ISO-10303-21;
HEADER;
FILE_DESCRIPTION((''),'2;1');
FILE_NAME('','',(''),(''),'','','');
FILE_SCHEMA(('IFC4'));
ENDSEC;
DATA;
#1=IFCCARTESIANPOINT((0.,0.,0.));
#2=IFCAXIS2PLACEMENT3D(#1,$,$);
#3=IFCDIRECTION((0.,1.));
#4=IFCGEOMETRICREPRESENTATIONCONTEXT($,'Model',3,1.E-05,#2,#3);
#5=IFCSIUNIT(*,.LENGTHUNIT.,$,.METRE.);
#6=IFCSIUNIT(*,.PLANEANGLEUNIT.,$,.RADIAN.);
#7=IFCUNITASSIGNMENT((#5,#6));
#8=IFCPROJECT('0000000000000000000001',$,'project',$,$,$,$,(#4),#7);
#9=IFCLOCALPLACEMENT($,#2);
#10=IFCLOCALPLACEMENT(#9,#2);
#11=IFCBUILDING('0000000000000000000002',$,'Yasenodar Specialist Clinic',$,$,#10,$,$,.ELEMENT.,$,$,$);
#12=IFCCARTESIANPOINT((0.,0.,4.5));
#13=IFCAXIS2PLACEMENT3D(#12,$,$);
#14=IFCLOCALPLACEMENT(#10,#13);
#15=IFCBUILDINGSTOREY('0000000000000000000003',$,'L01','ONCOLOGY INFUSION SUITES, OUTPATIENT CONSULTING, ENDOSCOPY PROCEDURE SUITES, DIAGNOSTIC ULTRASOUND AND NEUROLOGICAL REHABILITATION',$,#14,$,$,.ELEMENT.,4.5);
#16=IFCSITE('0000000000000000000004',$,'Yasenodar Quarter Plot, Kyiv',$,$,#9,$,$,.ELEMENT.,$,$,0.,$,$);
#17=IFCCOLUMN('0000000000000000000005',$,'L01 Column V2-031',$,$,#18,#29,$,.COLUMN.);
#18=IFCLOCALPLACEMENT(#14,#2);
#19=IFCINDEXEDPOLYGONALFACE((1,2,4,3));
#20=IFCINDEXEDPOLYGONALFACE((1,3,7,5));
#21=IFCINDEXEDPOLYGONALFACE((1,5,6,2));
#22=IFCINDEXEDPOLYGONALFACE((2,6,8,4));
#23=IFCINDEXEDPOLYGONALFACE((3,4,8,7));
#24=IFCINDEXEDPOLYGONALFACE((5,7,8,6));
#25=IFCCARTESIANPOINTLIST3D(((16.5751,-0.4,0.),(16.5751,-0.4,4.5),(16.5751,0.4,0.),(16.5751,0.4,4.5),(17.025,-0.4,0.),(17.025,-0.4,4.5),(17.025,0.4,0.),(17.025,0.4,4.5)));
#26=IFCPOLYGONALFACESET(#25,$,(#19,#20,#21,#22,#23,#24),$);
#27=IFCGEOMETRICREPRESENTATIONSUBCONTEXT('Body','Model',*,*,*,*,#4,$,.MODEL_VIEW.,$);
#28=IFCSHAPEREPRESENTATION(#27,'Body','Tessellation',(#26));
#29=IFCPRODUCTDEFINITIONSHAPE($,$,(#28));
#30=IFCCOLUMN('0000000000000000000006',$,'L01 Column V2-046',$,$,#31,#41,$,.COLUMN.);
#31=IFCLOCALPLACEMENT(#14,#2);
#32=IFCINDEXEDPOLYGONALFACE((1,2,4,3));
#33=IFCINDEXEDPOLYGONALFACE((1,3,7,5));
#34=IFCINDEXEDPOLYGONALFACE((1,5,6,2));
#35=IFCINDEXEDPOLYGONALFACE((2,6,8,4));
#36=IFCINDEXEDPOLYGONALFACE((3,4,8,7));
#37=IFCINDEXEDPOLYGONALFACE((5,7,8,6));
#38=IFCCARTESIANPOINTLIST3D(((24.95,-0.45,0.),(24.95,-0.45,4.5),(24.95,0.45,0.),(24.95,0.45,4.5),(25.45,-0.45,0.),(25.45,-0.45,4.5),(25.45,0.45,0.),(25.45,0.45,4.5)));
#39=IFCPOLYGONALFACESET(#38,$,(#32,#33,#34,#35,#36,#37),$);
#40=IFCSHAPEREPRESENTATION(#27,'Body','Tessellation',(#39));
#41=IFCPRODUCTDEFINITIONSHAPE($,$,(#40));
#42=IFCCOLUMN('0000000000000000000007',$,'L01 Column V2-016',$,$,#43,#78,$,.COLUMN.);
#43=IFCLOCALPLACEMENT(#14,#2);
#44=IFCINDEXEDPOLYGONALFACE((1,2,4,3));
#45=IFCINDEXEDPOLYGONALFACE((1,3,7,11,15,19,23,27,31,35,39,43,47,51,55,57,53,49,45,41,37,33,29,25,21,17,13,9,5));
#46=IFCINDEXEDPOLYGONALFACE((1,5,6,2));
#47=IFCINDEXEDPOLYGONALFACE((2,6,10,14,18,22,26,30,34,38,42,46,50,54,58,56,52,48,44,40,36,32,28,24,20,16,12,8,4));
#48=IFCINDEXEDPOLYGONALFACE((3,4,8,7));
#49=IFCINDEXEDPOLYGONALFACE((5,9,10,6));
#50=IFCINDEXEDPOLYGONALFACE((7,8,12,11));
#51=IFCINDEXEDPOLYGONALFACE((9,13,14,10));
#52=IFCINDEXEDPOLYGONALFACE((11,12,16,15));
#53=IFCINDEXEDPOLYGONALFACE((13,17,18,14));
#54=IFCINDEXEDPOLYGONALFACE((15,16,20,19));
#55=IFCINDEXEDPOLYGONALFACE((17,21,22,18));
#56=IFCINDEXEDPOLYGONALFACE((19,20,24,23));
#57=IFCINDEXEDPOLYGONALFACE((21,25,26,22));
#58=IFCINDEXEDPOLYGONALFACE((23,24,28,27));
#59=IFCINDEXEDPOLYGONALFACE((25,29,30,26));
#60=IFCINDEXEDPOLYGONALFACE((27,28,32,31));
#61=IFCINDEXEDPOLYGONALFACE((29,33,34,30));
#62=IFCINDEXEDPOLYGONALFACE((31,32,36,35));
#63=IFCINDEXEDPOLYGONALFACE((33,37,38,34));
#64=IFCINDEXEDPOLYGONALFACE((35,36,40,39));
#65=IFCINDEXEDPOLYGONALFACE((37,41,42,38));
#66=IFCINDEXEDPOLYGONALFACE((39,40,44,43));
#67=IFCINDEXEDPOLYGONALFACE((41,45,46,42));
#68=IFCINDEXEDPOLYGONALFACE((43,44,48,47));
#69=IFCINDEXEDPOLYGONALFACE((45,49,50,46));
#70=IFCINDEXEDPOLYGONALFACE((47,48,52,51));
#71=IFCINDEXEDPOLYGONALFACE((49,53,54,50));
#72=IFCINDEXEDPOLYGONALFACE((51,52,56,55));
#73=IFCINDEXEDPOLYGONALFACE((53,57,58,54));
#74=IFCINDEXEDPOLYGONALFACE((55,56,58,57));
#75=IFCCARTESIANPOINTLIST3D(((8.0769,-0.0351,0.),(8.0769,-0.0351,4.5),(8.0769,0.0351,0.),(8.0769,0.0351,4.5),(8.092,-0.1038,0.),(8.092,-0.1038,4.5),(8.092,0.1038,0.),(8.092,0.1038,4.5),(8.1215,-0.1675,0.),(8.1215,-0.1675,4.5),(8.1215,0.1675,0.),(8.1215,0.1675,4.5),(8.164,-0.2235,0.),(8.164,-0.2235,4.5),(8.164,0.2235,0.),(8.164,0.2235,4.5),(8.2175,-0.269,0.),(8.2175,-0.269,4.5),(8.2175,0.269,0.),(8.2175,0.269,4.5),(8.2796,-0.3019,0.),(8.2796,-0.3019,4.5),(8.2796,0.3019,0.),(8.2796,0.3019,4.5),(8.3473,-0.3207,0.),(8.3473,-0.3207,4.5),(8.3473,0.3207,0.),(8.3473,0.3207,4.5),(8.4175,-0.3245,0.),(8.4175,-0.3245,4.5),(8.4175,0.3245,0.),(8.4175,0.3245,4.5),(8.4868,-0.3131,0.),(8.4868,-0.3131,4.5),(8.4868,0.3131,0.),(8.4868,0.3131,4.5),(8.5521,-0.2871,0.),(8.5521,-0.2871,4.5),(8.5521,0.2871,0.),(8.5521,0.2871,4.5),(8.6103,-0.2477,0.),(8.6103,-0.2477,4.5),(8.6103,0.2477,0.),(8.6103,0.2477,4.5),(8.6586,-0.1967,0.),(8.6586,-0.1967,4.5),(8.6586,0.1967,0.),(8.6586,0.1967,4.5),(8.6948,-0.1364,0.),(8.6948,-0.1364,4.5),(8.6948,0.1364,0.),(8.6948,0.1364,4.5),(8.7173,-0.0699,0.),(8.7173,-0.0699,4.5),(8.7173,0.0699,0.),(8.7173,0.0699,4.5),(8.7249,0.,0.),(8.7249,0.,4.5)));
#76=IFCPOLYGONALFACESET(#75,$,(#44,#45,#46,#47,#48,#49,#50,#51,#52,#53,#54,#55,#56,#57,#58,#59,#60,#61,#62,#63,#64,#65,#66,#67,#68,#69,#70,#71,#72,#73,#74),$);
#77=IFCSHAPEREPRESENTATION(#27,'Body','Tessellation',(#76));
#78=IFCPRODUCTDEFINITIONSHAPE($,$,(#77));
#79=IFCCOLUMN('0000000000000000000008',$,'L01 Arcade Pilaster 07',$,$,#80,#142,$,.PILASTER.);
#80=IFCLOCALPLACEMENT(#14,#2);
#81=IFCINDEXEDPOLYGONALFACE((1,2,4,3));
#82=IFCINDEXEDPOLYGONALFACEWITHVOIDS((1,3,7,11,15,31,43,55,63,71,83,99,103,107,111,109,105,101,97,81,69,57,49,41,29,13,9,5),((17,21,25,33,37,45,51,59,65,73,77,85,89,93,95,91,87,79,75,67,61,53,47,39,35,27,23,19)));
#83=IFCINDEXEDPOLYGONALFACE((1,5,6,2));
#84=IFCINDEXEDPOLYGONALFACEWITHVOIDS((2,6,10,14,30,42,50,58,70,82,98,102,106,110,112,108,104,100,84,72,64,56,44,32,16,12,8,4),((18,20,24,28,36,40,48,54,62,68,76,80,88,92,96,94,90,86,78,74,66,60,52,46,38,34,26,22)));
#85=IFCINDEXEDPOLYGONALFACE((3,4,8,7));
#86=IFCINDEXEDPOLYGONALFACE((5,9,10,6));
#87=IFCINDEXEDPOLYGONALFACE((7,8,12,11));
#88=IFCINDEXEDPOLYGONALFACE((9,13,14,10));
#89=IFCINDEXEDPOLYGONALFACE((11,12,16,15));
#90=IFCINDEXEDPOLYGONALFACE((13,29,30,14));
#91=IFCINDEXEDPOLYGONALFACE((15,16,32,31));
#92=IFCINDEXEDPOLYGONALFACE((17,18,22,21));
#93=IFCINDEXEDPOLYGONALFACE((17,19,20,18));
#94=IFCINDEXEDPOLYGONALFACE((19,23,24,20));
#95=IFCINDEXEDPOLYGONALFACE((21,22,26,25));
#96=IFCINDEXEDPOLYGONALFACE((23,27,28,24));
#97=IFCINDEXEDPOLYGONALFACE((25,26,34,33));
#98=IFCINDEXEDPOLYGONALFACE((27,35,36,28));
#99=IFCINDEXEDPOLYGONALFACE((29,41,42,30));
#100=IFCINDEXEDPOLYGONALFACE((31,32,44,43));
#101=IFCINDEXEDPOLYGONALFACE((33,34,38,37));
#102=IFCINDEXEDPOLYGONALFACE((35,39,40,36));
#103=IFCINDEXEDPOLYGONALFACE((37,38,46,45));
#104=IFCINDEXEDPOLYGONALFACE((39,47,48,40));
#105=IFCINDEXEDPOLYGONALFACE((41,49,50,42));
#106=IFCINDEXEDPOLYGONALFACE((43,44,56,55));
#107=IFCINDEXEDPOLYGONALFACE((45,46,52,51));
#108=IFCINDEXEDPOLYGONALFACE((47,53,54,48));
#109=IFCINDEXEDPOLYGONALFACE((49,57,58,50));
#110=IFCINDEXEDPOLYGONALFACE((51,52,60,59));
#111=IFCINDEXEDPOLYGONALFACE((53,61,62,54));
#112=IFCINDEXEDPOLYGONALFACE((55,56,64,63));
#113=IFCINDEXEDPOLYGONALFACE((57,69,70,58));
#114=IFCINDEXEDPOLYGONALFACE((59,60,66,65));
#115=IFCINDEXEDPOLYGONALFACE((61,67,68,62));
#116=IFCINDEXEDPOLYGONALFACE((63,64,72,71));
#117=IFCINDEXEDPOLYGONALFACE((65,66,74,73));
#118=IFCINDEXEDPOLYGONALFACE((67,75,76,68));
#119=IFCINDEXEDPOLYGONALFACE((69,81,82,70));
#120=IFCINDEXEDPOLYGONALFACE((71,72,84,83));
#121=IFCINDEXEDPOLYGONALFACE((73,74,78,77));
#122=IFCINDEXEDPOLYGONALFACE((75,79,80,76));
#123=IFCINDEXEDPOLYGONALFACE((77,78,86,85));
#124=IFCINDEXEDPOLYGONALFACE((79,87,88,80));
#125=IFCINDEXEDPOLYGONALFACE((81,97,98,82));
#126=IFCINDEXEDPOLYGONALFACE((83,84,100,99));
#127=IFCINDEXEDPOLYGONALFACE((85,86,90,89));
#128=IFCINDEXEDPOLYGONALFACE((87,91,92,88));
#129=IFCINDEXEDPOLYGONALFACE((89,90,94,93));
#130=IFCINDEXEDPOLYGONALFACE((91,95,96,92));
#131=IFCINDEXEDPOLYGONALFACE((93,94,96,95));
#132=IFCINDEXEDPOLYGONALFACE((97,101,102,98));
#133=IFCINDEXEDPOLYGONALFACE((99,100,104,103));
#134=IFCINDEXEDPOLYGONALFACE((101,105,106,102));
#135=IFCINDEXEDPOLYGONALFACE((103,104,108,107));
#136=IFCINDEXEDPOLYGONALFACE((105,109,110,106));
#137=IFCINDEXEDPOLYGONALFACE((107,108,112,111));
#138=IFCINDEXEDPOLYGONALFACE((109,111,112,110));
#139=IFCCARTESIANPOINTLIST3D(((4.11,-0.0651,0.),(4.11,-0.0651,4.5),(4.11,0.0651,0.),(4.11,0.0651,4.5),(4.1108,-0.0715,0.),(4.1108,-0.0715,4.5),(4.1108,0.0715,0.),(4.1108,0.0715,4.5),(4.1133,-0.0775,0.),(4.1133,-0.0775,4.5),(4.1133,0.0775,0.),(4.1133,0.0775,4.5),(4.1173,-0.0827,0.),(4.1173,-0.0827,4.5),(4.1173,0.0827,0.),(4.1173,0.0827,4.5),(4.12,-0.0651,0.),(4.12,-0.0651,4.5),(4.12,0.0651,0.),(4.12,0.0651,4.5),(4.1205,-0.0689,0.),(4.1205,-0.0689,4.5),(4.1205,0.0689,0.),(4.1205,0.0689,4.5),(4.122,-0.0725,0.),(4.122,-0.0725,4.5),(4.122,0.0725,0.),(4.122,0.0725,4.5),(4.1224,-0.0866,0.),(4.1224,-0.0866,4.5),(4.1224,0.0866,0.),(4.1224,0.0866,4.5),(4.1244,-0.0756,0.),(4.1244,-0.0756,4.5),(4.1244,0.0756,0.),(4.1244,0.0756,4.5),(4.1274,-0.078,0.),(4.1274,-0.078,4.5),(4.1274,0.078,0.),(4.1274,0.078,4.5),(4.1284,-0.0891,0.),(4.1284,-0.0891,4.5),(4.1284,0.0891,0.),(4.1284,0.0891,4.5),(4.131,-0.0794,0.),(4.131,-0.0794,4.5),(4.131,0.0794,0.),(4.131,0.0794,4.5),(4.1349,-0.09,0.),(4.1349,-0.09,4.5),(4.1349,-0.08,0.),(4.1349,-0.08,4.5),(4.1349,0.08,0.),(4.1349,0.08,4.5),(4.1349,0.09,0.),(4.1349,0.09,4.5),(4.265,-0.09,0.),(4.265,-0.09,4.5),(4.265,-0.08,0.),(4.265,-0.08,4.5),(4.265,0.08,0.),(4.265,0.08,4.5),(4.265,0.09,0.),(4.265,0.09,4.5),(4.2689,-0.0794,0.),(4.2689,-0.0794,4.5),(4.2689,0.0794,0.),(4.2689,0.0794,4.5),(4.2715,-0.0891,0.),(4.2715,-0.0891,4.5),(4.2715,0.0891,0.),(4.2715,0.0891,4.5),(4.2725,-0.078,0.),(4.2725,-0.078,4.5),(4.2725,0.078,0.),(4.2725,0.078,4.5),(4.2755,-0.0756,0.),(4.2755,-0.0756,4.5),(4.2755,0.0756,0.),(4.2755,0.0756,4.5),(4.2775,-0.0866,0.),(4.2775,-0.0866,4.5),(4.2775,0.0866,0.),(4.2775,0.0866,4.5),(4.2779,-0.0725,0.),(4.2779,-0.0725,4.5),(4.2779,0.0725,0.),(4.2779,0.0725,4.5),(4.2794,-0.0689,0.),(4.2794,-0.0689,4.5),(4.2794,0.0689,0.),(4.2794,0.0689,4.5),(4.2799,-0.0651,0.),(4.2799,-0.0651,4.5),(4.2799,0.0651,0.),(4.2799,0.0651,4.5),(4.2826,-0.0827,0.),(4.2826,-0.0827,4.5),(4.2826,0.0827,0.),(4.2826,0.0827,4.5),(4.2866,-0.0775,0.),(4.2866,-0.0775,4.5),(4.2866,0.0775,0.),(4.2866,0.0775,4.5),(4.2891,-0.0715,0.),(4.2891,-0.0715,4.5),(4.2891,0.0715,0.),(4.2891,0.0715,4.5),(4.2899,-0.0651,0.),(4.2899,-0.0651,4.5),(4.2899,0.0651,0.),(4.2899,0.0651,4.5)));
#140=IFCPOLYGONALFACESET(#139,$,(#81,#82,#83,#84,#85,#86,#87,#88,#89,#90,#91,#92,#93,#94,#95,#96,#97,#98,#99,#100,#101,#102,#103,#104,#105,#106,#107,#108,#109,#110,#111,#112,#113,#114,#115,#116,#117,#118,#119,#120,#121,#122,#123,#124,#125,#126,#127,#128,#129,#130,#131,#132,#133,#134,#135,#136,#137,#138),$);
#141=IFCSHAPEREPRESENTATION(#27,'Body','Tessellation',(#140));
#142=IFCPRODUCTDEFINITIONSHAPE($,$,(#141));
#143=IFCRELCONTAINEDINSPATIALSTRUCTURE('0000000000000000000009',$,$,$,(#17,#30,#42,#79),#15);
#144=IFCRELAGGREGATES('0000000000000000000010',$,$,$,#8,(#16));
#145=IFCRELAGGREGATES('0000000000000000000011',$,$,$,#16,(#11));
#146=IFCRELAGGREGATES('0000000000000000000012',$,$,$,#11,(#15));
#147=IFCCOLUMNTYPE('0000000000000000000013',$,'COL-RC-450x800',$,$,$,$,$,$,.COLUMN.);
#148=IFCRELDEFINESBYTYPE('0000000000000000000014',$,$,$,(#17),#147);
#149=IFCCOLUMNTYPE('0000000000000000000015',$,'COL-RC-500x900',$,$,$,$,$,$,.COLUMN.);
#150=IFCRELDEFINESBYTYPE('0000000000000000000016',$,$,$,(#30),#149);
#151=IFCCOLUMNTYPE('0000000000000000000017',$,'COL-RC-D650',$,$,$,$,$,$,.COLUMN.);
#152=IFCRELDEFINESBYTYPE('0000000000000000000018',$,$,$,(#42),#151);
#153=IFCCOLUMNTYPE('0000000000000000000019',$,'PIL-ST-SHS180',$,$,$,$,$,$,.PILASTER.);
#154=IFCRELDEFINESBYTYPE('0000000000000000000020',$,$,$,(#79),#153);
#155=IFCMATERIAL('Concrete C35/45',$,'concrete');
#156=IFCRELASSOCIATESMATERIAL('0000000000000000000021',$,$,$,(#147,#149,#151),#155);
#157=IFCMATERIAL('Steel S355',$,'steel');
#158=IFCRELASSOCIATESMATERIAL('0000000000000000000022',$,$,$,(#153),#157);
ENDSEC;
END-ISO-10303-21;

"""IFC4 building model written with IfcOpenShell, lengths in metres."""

from ifc_helpers import new_model, si_unit, direction, frame, origin, origin_2d, place, context, subcontext, project, spatial, rectangle, hollow_rectangle, circle, extrude, material, material_profile, profile_set, type_object, element, save


model = new_model("IFC4")

# Units and contexts
model_context = context("Model", 3, precision=1e-05, world=origin(), true_north=direction((0.0, 1.0)))
body_context = subcontext(model_context, "Body", "Model", "MODEL_VIEW")
ifc_project = project(units=[si_unit("LENGTHUNIT", "METRE"), si_unit("PLANEANGLEUNIT", "RADIAN")], contexts=[model_context])

# Site, building, storey
site_placement = place(None, origin())
site = spatial("IfcSite", under=ifc_project, at=site_placement, Name="Yasenodar Quarter Plot, Kyiv", CompositionType="ELEMENT", RefElevation=0.0)
building_placement = place(site_placement, origin())
building = spatial("IfcBuilding", under=site, at=building_placement, Name="Yasenodar Specialist Clinic", CompositionType="ELEMENT")
storey_placement = place(building_placement, frame((0.0, 0.0, 4.5)))
storey = spatial("IfcBuildingStorey", under=building, at=storey_placement, Name="L01", Description="ONCOLOGY INFUSION SUITES, OUTPATIENT CONSULTING, ENDOSCOPY PROCEDURE SUITES, DIAGNOSTIC ULTRASOUND AND NEUROLOGICAL REHABILITATION", CompositionType="ELEMENT", Elevation=4.5)

# Columns
ifc_material_1 = material(Name="Concrete C35/45", Category="concrete")
ifc_material_profile_1 = material_profile(ifc_material_1, rectangle(XDim=0.45, YDim=0.8, at=origin_2d()), Name="RC 450x800")
ifc_profile_set_1 = profile_set([ifc_material_profile_1], Name="Concrete C35/45")
column_type_1 = type_object("IfcColumnType", Name="COL-RC-450x800", PredefinedType="COLUMN", material=ifc_profile_set_1)
column_1_placement = place(storey_placement, frame((16.8, 0.0, 0.0), z_axis=(0.0, 0.0, 1.0), x_axis=(1.0, 0.0, 0.0)))
element("IfcColumn", 1, at=column_1_placement, inside=storey, type_object=column_type_1, Name="L01 Column V2-031", PredefinedType="COLUMN", context=body_context, shape_type="SweptSolid", body=[
    extrude(rectangle(XDim=0.45, YDim=0.8, at=origin_2d()), origin(), (0.0, 0.0, 1.0), 4.5),
])
ifc_material_profile_2 = material_profile(ifc_material_1, rectangle(XDim=0.5, YDim=0.8999, at=origin_2d()), Name="RC 500x900")
ifc_profile_set_2 = profile_set([ifc_material_profile_2], Name="Concrete C35/45")
column_type_2 = type_object("IfcColumnType", Name="COL-RC-500x900", PredefinedType="COLUMN", material=ifc_profile_set_2)
column_2_placement = place(storey_placement, frame((25.2, 0.0, 0.0), z_axis=(0.0, 0.0, 1.0), x_axis=(1.0, 0.0, 0.0)))
element("IfcColumn", 2, at=column_2_placement, inside=storey, type_object=column_type_2, Name="L01 Column V2-046", PredefinedType="COLUMN", context=body_context, shape_type="SweptSolid", body=[
    extrude(rectangle(XDim=0.5, YDim=0.8999, at=origin_2d()), origin(), (0.0, 0.0, 1.0), 4.5),
])
ifc_material_profile_3 = material_profile(ifc_material_1, circle(Radius=0.325, at=origin_2d()), Name="RC D650")
ifc_profile_set_3 = profile_set([ifc_material_profile_3], Name="Concrete C35/45")
column_type_3 = type_object("IfcColumnType", Name="COL-RC-D650", PredefinedType="COLUMN", material=ifc_profile_set_3)
column_3_placement = place(storey_placement, frame((8.3999, 0.0, 0.0), z_axis=(0.0, 0.0, 1.0), x_axis=(1.0, 0.0, 0.0)))
element("IfcColumn", 3, at=column_3_placement, inside=storey, type_object=column_type_3, Name="L01 Column V2-016", PredefinedType="COLUMN", context=body_context, shape_type="SweptSolid", body=[
    extrude(circle(Radius=0.325, at=origin_2d()), origin(), (0.0, 0.0, 1.0), 4.5),
])
ifc_material_2 = material(Name="Steel S355", Category="steel")
ifc_material_profile_4 = material_profile(ifc_material_2, hollow_rectangle(XDim=0.1799, YDim=0.1799, WallThickness=0.01, InnerFilletRadius=0.0149, OuterFilletRadius=0.0249, at=origin_2d()), Name="SHS 180x180x10")
ifc_profile_set_4 = profile_set([ifc_material_profile_4], Name="Steel S355")
column_type_4 = type_object("IfcColumnType", Name="PIL-ST-SHS180", PredefinedType="PILASTER", material=ifc_profile_set_4)
for number, where, z_axis, x_axis, name in (
    (4, (4.2, 0.0, 0.0), (0.0, 0.0, 1.0), (1.0, 0.0, 0.0), "L01 Arcade Pilaster 07"),
):
    element("IfcColumn", number, at=place(storey_placement, frame(where, z_axis=z_axis, x_axis=x_axis)), inside=storey, type_object=column_type_4, Name=name, PredefinedType="PILASTER", context=body_context, shape_type="SweptSolid", body=[
        extrude(hollow_rectangle(XDim=0.1799, YDim=0.1799, WallThickness=0.01, InnerFilletRadius=0.0149, OuterFilletRadius=0.0249, at=origin_2d()), origin(), (0.0, 0.0, 1.0), 4.5),
    ])

save(model, "model.ifc")
